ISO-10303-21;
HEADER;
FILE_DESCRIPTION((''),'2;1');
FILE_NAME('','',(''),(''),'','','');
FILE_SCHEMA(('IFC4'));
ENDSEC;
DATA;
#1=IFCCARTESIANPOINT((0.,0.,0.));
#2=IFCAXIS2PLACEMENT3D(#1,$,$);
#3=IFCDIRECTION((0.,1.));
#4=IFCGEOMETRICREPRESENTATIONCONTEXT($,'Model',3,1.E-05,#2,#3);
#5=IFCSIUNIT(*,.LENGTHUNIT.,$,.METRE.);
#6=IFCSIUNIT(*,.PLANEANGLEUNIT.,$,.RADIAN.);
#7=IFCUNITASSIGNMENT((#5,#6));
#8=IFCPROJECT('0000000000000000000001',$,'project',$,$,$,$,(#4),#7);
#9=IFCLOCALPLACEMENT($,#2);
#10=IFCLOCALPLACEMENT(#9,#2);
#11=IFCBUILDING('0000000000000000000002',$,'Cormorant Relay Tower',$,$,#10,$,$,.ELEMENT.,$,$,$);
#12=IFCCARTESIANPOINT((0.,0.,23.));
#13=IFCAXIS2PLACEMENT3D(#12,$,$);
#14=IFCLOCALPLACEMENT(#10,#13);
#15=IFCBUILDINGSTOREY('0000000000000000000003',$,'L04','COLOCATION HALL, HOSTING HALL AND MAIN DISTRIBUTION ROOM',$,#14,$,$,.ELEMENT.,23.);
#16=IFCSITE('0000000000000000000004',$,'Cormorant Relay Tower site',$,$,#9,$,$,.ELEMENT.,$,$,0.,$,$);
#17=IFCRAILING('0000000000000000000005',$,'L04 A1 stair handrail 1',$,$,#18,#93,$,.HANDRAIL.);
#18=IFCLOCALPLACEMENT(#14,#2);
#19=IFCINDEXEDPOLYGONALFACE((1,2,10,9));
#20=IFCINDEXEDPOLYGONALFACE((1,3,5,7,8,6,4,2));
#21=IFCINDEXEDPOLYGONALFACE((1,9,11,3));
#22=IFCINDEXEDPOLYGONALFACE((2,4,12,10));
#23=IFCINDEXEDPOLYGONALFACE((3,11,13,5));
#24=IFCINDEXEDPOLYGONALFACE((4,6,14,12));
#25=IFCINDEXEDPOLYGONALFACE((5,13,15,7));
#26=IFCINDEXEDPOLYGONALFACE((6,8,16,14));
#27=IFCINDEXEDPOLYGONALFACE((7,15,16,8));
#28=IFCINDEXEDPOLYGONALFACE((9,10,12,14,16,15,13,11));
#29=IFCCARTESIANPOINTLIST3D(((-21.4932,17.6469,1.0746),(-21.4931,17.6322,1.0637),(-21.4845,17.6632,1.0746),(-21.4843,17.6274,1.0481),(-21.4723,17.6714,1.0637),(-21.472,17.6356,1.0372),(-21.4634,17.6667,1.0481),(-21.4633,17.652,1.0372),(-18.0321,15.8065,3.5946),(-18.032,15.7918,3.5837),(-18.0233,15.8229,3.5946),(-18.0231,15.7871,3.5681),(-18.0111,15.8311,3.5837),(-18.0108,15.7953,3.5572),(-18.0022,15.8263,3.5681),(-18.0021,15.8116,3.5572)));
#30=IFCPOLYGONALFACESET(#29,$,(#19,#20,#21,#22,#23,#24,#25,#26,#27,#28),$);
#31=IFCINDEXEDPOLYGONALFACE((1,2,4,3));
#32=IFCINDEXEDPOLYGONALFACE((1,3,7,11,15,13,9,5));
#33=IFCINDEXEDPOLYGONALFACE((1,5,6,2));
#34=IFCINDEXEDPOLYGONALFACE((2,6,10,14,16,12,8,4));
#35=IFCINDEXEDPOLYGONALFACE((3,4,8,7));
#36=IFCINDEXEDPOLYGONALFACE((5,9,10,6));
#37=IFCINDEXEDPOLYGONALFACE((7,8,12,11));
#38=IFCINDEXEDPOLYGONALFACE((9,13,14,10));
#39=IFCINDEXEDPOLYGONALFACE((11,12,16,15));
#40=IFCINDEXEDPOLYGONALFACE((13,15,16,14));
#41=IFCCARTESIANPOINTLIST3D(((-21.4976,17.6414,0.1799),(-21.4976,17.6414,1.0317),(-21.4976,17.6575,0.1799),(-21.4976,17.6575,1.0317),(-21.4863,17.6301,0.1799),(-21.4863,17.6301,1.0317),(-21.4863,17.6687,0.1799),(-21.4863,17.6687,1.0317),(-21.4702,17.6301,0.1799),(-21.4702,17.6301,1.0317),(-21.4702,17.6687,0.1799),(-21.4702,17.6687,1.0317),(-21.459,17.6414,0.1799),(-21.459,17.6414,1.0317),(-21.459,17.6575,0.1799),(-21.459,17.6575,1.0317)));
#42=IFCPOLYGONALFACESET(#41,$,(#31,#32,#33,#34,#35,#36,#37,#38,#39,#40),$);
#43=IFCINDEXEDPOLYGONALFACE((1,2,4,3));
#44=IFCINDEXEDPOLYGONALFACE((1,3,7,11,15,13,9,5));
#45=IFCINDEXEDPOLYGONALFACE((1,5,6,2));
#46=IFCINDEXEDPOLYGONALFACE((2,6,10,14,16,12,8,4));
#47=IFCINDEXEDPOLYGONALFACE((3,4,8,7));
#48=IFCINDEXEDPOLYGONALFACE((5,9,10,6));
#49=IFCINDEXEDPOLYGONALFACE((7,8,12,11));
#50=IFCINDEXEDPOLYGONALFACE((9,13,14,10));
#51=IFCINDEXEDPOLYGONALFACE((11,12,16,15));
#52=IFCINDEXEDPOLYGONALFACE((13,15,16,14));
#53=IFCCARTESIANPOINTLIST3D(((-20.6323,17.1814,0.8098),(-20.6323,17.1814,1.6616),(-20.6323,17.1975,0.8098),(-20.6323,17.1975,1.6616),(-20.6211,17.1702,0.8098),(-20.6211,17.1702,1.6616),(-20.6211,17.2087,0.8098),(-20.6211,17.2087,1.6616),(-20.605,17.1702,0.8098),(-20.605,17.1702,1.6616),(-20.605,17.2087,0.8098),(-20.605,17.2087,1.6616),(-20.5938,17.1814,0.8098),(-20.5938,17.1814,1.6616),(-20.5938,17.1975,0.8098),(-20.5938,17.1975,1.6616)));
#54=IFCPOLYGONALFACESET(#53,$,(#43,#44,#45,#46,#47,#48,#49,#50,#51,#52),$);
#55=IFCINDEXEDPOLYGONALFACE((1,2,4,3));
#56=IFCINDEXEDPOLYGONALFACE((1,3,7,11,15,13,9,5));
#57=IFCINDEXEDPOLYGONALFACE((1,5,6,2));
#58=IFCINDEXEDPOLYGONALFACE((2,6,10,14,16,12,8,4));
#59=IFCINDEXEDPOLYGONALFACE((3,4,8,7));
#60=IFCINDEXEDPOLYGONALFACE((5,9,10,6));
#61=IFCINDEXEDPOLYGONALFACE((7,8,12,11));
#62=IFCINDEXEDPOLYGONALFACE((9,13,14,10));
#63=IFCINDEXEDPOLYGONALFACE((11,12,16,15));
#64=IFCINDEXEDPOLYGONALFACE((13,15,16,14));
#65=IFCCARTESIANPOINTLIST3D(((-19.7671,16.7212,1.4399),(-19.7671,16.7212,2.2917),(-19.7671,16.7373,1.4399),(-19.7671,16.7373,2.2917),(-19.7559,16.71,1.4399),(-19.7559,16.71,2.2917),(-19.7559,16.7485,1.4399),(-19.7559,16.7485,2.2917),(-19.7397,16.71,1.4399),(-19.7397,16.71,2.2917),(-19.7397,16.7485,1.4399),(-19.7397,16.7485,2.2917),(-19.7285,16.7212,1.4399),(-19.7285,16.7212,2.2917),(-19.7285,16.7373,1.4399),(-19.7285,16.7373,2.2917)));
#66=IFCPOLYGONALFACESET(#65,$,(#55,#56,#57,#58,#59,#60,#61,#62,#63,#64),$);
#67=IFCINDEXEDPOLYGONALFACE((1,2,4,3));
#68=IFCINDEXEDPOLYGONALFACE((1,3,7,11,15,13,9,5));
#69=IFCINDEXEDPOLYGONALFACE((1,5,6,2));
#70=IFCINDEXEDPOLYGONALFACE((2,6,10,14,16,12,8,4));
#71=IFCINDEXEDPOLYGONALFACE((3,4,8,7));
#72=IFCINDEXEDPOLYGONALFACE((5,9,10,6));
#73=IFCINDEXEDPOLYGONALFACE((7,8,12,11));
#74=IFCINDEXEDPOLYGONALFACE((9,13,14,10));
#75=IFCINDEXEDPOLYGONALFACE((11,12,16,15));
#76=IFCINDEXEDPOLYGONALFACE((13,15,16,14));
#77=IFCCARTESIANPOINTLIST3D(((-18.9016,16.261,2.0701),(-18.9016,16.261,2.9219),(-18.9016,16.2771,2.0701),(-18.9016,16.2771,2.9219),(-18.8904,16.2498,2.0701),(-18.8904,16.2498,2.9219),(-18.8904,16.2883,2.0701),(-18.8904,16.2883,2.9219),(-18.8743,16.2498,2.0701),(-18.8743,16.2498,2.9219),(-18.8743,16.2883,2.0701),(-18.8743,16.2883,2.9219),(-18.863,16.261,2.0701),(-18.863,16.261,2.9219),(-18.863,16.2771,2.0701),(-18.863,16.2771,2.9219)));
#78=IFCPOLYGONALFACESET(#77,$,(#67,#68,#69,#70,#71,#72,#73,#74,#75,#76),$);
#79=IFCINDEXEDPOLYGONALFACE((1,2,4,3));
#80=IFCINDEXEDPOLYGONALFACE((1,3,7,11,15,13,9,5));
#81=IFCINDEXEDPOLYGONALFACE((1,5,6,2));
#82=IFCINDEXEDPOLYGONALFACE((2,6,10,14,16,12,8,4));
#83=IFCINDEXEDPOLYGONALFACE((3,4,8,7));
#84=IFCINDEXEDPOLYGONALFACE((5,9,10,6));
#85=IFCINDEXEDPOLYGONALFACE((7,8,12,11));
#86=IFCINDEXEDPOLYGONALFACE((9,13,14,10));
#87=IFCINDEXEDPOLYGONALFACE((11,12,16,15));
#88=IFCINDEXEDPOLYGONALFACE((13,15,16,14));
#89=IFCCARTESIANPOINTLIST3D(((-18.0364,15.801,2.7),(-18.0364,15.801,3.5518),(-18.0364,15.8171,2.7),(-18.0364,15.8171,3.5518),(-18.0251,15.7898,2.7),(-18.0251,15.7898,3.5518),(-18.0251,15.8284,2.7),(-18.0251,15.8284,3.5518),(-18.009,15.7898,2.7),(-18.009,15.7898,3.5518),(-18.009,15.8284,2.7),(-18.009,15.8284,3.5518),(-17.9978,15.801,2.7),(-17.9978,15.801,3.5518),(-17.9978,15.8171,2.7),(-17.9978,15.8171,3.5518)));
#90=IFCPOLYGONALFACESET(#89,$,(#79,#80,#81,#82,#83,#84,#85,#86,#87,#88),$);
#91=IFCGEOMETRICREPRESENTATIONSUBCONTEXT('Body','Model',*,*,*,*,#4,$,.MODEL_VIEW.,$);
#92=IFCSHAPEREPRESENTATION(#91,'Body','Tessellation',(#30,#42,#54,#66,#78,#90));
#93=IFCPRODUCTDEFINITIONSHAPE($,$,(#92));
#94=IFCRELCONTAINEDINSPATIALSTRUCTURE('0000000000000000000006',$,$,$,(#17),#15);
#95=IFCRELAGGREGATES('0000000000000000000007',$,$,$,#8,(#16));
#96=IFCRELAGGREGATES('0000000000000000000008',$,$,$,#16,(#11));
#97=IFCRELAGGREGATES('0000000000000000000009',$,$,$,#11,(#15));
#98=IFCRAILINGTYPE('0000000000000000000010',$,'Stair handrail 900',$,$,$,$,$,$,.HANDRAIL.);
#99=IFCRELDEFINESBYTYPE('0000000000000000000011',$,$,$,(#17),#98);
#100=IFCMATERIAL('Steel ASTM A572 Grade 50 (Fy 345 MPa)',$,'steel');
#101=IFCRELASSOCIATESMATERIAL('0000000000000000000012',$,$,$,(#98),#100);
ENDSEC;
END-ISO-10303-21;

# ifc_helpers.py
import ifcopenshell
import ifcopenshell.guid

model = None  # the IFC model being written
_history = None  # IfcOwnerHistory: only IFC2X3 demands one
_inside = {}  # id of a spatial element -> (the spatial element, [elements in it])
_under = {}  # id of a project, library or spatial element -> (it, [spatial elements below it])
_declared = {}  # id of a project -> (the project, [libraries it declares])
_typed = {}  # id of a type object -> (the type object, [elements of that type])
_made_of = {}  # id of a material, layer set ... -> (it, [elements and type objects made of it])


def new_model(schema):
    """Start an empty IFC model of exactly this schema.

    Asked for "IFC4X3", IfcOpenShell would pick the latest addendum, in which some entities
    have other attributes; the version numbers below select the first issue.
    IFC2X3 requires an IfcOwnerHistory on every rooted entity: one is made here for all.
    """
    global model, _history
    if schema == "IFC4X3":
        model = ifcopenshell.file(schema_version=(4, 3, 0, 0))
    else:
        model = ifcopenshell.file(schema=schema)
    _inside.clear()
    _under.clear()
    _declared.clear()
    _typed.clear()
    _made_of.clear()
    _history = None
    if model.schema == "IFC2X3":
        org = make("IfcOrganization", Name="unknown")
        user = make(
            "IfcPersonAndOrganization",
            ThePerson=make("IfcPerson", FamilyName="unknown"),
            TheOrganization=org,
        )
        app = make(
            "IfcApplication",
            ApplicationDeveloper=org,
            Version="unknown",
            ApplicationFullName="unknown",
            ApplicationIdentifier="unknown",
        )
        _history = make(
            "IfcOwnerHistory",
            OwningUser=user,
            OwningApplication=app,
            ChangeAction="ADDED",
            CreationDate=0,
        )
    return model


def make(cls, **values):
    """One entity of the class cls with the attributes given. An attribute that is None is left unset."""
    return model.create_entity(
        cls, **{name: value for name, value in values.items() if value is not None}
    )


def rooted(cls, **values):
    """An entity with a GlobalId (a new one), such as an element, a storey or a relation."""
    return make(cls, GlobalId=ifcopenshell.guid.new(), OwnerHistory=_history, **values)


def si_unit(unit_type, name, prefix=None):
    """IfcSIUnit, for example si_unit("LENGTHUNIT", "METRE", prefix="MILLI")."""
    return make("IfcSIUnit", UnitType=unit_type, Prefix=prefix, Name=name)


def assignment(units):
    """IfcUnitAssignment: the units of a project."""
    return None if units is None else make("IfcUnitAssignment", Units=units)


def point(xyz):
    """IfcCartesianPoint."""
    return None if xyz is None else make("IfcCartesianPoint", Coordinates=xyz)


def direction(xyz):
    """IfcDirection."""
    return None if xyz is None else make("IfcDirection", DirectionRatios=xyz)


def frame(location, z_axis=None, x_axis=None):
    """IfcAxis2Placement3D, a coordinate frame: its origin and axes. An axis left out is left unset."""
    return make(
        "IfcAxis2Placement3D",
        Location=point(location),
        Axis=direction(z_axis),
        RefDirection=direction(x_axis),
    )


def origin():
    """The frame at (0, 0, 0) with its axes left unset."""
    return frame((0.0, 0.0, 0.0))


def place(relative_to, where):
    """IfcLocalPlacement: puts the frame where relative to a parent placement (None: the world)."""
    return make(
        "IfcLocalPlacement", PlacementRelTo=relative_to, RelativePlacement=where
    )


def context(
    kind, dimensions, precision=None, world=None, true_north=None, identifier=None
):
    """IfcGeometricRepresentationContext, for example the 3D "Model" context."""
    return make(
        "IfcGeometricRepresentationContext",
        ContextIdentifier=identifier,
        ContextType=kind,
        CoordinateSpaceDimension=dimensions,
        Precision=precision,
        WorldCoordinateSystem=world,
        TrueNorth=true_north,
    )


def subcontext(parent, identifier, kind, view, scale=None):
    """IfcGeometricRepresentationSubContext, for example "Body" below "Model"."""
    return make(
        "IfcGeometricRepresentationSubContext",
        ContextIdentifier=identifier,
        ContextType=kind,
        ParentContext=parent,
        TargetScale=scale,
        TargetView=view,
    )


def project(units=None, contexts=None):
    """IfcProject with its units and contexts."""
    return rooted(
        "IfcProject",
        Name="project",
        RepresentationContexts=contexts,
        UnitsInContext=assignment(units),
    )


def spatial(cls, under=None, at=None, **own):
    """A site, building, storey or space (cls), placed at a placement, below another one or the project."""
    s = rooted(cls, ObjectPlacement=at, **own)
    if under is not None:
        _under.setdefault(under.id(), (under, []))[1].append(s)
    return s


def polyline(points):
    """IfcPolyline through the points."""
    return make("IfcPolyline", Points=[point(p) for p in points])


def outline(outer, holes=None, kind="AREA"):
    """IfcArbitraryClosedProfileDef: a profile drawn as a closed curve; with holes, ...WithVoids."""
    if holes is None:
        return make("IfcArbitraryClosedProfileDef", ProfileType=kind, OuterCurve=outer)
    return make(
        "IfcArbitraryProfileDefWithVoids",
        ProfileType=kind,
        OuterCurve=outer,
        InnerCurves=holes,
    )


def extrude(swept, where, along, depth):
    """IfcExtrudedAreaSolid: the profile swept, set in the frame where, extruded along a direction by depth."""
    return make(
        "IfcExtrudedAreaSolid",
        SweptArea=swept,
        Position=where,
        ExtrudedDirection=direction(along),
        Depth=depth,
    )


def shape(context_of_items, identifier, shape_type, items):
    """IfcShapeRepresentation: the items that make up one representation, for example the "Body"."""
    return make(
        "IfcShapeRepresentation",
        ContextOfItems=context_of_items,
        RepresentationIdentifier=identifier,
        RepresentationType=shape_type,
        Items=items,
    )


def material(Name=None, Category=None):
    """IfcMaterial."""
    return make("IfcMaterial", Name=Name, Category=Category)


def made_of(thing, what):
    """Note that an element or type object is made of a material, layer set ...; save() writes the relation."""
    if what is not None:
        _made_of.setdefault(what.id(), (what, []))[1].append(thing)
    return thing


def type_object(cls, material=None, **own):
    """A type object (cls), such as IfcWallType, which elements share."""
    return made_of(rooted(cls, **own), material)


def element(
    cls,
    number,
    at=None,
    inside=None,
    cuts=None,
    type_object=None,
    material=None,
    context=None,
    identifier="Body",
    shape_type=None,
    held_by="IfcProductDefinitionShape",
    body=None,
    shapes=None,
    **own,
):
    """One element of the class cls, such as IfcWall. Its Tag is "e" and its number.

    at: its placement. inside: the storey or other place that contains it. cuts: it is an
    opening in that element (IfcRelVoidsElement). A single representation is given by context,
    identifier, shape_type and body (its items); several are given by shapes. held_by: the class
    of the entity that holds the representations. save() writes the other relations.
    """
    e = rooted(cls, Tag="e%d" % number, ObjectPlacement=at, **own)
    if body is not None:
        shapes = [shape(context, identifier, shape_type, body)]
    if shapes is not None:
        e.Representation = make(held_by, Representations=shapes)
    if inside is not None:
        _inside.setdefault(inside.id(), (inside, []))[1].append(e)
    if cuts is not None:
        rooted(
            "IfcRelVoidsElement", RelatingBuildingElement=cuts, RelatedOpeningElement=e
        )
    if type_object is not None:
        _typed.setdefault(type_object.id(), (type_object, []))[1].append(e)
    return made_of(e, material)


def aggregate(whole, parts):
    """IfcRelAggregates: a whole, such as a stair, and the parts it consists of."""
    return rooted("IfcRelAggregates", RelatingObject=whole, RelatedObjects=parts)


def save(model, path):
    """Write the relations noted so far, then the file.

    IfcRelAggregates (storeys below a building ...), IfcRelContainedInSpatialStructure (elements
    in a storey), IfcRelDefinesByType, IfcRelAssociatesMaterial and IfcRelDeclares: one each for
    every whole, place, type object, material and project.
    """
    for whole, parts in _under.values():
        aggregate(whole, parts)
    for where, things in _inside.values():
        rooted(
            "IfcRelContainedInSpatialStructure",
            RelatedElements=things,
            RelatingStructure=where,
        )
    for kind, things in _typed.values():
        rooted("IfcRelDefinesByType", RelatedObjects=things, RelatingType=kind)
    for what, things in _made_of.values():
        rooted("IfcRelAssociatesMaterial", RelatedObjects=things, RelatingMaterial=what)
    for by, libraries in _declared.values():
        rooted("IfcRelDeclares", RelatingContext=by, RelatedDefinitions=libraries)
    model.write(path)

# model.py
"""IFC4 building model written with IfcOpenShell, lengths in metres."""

from ifc_helpers import new_model, si_unit, direction, frame, origin, place, context, subcontext, project, spatial, polyline, outline, extrude, material, type_object, element, save


model = new_model("IFC4")

# Units and contexts
model_context = context("Model", 3, precision=1e-05, world=origin(), true_north=direction((0.0, 1.0)))
body_context = subcontext(model_context, "Body", "Model", "MODEL_VIEW")
ifc_project = project(units=[si_unit("LENGTHUNIT", "METRE"), si_unit("PLANEANGLEUNIT", "RADIAN")], contexts=[model_context])

# Site, building, storey
site_placement = place(None, origin())
site = spatial("IfcSite", under=ifc_project, at=site_placement, Name="Cormorant Relay Tower site", CompositionType="ELEMENT", RefElevation=0.0)
building_placement = place(site_placement, origin())
building = spatial("IfcBuilding", under=site, at=building_placement, Name="Cormorant Relay Tower", CompositionType="ELEMENT")
storey_placement = place(building_placement, frame((0.0, 0.0, 23.0)))
storey = spatial("IfcBuildingStorey", under=building, at=storey_placement, Name="L04", Description="COLOCATION HALL, HOSTING HALL AND MAIN DISTRIBUTION ROOM", CompositionType="ELEMENT", Elevation=23.0)

# Railing
ifc_material_1 = material(Name="Steel ASTM A572 Grade 50 (Fy 345 MPa)", Category="steel")
railing_type = type_object("IfcRailingType", Name="Stair handrail 900", PredefinedType="HANDRAIL", material=ifc_material_1)
railing_placement = place(storey_placement, frame((-21.4783, 17.6494, 0.1799)))
element("IfcRailing", 1, at=railing_placement, inside=storey, type_object=railing_type, Name="L04 A1 stair handrail 1", PredefinedType="HANDRAIL", context=body_context, shape_type="SweptSolid", body=[
    extrude(outline(polyline([(0.0222, 0.0093), (0.0093, 0.0222), (-0.0093, 0.0222), (-0.0222, 0.0093), (-0.0222, -0.0093), (-0.0093, -0.0222), (0.0093, -0.0222), (0.0222, -0.0093), (0.0222, 0.0093)])), frame((0.0, 0.0, 0.876), z_axis=(0.742717, -0.394907, 0.540758), x_axis=(0.469469, 0.882949, 0.0)), (0.0, 0.0, 1.0), 4.6602),
    extrude(outline(polyline([(0.0193, 0.0081), (0.0081, 0.0193), (-0.0081, 0.0193), (-0.0193, 0.0081), (-0.0193, -0.0081), (-0.0081, -0.0193), (0.0081, -0.0193), (0.0193, -0.0081), (0.0193, 0.0081)])), origin(), (0.0, 0.0, 1.0), 0.8518),
    extrude(outline(polyline([(0.0193, 0.0081), (0.0081, 0.0193), (-0.0081, 0.0193), (-0.0193, 0.0081), (-0.0193, -0.0081), (-0.0081, -0.0193), (0.0081, -0.0193), (0.0193, -0.0081), (0.0193, 0.0081)])), frame((0.8652, -0.46, 0.6299)), (0.0, 0.0, 1.0), 0.8518),
    extrude(outline(polyline([(0.0193, 0.0081), (0.0081, 0.0193), (-0.0081, 0.0193), (-0.0193, 0.0081), (-0.0193, -0.0081), (-0.0081, -0.0193), (0.0081, -0.0193), (0.0193, -0.0081), (0.0193, 0.0081)])), frame((1.7305, -0.9202, 1.26)), (0.0, 0.0, 1.0), 0.8518),
    extrude(outline(polyline([(0.0193, 0.0081), (0.0081, 0.0193), (-0.0081, 0.0193), (-0.0193, 0.0081), (-0.0193, -0.0081), (-0.0081, -0.0193), (0.0081, -0.0193), (0.0193, -0.0081), (0.0193, 0.0081)])), frame((2.5959, -1.3804, 1.8901)), (0.0, 0.0, 1.0), 0.8518),
    extrude(outline(polyline([(0.0193, 0.0081), (0.0081, 0.0193), (-0.0081, 0.0193), (-0.0193, 0.0081), (-0.0193, -0.0081), (-0.0081, -0.0193), (0.0081, -0.0193), (0.0193, -0.0081), (0.0193, 0.0081)])), frame((3.4612, -1.8403, 2.52)), (0.0, 0.0, 1.0), 0.8518),
])

save(model, "model.ifc")
